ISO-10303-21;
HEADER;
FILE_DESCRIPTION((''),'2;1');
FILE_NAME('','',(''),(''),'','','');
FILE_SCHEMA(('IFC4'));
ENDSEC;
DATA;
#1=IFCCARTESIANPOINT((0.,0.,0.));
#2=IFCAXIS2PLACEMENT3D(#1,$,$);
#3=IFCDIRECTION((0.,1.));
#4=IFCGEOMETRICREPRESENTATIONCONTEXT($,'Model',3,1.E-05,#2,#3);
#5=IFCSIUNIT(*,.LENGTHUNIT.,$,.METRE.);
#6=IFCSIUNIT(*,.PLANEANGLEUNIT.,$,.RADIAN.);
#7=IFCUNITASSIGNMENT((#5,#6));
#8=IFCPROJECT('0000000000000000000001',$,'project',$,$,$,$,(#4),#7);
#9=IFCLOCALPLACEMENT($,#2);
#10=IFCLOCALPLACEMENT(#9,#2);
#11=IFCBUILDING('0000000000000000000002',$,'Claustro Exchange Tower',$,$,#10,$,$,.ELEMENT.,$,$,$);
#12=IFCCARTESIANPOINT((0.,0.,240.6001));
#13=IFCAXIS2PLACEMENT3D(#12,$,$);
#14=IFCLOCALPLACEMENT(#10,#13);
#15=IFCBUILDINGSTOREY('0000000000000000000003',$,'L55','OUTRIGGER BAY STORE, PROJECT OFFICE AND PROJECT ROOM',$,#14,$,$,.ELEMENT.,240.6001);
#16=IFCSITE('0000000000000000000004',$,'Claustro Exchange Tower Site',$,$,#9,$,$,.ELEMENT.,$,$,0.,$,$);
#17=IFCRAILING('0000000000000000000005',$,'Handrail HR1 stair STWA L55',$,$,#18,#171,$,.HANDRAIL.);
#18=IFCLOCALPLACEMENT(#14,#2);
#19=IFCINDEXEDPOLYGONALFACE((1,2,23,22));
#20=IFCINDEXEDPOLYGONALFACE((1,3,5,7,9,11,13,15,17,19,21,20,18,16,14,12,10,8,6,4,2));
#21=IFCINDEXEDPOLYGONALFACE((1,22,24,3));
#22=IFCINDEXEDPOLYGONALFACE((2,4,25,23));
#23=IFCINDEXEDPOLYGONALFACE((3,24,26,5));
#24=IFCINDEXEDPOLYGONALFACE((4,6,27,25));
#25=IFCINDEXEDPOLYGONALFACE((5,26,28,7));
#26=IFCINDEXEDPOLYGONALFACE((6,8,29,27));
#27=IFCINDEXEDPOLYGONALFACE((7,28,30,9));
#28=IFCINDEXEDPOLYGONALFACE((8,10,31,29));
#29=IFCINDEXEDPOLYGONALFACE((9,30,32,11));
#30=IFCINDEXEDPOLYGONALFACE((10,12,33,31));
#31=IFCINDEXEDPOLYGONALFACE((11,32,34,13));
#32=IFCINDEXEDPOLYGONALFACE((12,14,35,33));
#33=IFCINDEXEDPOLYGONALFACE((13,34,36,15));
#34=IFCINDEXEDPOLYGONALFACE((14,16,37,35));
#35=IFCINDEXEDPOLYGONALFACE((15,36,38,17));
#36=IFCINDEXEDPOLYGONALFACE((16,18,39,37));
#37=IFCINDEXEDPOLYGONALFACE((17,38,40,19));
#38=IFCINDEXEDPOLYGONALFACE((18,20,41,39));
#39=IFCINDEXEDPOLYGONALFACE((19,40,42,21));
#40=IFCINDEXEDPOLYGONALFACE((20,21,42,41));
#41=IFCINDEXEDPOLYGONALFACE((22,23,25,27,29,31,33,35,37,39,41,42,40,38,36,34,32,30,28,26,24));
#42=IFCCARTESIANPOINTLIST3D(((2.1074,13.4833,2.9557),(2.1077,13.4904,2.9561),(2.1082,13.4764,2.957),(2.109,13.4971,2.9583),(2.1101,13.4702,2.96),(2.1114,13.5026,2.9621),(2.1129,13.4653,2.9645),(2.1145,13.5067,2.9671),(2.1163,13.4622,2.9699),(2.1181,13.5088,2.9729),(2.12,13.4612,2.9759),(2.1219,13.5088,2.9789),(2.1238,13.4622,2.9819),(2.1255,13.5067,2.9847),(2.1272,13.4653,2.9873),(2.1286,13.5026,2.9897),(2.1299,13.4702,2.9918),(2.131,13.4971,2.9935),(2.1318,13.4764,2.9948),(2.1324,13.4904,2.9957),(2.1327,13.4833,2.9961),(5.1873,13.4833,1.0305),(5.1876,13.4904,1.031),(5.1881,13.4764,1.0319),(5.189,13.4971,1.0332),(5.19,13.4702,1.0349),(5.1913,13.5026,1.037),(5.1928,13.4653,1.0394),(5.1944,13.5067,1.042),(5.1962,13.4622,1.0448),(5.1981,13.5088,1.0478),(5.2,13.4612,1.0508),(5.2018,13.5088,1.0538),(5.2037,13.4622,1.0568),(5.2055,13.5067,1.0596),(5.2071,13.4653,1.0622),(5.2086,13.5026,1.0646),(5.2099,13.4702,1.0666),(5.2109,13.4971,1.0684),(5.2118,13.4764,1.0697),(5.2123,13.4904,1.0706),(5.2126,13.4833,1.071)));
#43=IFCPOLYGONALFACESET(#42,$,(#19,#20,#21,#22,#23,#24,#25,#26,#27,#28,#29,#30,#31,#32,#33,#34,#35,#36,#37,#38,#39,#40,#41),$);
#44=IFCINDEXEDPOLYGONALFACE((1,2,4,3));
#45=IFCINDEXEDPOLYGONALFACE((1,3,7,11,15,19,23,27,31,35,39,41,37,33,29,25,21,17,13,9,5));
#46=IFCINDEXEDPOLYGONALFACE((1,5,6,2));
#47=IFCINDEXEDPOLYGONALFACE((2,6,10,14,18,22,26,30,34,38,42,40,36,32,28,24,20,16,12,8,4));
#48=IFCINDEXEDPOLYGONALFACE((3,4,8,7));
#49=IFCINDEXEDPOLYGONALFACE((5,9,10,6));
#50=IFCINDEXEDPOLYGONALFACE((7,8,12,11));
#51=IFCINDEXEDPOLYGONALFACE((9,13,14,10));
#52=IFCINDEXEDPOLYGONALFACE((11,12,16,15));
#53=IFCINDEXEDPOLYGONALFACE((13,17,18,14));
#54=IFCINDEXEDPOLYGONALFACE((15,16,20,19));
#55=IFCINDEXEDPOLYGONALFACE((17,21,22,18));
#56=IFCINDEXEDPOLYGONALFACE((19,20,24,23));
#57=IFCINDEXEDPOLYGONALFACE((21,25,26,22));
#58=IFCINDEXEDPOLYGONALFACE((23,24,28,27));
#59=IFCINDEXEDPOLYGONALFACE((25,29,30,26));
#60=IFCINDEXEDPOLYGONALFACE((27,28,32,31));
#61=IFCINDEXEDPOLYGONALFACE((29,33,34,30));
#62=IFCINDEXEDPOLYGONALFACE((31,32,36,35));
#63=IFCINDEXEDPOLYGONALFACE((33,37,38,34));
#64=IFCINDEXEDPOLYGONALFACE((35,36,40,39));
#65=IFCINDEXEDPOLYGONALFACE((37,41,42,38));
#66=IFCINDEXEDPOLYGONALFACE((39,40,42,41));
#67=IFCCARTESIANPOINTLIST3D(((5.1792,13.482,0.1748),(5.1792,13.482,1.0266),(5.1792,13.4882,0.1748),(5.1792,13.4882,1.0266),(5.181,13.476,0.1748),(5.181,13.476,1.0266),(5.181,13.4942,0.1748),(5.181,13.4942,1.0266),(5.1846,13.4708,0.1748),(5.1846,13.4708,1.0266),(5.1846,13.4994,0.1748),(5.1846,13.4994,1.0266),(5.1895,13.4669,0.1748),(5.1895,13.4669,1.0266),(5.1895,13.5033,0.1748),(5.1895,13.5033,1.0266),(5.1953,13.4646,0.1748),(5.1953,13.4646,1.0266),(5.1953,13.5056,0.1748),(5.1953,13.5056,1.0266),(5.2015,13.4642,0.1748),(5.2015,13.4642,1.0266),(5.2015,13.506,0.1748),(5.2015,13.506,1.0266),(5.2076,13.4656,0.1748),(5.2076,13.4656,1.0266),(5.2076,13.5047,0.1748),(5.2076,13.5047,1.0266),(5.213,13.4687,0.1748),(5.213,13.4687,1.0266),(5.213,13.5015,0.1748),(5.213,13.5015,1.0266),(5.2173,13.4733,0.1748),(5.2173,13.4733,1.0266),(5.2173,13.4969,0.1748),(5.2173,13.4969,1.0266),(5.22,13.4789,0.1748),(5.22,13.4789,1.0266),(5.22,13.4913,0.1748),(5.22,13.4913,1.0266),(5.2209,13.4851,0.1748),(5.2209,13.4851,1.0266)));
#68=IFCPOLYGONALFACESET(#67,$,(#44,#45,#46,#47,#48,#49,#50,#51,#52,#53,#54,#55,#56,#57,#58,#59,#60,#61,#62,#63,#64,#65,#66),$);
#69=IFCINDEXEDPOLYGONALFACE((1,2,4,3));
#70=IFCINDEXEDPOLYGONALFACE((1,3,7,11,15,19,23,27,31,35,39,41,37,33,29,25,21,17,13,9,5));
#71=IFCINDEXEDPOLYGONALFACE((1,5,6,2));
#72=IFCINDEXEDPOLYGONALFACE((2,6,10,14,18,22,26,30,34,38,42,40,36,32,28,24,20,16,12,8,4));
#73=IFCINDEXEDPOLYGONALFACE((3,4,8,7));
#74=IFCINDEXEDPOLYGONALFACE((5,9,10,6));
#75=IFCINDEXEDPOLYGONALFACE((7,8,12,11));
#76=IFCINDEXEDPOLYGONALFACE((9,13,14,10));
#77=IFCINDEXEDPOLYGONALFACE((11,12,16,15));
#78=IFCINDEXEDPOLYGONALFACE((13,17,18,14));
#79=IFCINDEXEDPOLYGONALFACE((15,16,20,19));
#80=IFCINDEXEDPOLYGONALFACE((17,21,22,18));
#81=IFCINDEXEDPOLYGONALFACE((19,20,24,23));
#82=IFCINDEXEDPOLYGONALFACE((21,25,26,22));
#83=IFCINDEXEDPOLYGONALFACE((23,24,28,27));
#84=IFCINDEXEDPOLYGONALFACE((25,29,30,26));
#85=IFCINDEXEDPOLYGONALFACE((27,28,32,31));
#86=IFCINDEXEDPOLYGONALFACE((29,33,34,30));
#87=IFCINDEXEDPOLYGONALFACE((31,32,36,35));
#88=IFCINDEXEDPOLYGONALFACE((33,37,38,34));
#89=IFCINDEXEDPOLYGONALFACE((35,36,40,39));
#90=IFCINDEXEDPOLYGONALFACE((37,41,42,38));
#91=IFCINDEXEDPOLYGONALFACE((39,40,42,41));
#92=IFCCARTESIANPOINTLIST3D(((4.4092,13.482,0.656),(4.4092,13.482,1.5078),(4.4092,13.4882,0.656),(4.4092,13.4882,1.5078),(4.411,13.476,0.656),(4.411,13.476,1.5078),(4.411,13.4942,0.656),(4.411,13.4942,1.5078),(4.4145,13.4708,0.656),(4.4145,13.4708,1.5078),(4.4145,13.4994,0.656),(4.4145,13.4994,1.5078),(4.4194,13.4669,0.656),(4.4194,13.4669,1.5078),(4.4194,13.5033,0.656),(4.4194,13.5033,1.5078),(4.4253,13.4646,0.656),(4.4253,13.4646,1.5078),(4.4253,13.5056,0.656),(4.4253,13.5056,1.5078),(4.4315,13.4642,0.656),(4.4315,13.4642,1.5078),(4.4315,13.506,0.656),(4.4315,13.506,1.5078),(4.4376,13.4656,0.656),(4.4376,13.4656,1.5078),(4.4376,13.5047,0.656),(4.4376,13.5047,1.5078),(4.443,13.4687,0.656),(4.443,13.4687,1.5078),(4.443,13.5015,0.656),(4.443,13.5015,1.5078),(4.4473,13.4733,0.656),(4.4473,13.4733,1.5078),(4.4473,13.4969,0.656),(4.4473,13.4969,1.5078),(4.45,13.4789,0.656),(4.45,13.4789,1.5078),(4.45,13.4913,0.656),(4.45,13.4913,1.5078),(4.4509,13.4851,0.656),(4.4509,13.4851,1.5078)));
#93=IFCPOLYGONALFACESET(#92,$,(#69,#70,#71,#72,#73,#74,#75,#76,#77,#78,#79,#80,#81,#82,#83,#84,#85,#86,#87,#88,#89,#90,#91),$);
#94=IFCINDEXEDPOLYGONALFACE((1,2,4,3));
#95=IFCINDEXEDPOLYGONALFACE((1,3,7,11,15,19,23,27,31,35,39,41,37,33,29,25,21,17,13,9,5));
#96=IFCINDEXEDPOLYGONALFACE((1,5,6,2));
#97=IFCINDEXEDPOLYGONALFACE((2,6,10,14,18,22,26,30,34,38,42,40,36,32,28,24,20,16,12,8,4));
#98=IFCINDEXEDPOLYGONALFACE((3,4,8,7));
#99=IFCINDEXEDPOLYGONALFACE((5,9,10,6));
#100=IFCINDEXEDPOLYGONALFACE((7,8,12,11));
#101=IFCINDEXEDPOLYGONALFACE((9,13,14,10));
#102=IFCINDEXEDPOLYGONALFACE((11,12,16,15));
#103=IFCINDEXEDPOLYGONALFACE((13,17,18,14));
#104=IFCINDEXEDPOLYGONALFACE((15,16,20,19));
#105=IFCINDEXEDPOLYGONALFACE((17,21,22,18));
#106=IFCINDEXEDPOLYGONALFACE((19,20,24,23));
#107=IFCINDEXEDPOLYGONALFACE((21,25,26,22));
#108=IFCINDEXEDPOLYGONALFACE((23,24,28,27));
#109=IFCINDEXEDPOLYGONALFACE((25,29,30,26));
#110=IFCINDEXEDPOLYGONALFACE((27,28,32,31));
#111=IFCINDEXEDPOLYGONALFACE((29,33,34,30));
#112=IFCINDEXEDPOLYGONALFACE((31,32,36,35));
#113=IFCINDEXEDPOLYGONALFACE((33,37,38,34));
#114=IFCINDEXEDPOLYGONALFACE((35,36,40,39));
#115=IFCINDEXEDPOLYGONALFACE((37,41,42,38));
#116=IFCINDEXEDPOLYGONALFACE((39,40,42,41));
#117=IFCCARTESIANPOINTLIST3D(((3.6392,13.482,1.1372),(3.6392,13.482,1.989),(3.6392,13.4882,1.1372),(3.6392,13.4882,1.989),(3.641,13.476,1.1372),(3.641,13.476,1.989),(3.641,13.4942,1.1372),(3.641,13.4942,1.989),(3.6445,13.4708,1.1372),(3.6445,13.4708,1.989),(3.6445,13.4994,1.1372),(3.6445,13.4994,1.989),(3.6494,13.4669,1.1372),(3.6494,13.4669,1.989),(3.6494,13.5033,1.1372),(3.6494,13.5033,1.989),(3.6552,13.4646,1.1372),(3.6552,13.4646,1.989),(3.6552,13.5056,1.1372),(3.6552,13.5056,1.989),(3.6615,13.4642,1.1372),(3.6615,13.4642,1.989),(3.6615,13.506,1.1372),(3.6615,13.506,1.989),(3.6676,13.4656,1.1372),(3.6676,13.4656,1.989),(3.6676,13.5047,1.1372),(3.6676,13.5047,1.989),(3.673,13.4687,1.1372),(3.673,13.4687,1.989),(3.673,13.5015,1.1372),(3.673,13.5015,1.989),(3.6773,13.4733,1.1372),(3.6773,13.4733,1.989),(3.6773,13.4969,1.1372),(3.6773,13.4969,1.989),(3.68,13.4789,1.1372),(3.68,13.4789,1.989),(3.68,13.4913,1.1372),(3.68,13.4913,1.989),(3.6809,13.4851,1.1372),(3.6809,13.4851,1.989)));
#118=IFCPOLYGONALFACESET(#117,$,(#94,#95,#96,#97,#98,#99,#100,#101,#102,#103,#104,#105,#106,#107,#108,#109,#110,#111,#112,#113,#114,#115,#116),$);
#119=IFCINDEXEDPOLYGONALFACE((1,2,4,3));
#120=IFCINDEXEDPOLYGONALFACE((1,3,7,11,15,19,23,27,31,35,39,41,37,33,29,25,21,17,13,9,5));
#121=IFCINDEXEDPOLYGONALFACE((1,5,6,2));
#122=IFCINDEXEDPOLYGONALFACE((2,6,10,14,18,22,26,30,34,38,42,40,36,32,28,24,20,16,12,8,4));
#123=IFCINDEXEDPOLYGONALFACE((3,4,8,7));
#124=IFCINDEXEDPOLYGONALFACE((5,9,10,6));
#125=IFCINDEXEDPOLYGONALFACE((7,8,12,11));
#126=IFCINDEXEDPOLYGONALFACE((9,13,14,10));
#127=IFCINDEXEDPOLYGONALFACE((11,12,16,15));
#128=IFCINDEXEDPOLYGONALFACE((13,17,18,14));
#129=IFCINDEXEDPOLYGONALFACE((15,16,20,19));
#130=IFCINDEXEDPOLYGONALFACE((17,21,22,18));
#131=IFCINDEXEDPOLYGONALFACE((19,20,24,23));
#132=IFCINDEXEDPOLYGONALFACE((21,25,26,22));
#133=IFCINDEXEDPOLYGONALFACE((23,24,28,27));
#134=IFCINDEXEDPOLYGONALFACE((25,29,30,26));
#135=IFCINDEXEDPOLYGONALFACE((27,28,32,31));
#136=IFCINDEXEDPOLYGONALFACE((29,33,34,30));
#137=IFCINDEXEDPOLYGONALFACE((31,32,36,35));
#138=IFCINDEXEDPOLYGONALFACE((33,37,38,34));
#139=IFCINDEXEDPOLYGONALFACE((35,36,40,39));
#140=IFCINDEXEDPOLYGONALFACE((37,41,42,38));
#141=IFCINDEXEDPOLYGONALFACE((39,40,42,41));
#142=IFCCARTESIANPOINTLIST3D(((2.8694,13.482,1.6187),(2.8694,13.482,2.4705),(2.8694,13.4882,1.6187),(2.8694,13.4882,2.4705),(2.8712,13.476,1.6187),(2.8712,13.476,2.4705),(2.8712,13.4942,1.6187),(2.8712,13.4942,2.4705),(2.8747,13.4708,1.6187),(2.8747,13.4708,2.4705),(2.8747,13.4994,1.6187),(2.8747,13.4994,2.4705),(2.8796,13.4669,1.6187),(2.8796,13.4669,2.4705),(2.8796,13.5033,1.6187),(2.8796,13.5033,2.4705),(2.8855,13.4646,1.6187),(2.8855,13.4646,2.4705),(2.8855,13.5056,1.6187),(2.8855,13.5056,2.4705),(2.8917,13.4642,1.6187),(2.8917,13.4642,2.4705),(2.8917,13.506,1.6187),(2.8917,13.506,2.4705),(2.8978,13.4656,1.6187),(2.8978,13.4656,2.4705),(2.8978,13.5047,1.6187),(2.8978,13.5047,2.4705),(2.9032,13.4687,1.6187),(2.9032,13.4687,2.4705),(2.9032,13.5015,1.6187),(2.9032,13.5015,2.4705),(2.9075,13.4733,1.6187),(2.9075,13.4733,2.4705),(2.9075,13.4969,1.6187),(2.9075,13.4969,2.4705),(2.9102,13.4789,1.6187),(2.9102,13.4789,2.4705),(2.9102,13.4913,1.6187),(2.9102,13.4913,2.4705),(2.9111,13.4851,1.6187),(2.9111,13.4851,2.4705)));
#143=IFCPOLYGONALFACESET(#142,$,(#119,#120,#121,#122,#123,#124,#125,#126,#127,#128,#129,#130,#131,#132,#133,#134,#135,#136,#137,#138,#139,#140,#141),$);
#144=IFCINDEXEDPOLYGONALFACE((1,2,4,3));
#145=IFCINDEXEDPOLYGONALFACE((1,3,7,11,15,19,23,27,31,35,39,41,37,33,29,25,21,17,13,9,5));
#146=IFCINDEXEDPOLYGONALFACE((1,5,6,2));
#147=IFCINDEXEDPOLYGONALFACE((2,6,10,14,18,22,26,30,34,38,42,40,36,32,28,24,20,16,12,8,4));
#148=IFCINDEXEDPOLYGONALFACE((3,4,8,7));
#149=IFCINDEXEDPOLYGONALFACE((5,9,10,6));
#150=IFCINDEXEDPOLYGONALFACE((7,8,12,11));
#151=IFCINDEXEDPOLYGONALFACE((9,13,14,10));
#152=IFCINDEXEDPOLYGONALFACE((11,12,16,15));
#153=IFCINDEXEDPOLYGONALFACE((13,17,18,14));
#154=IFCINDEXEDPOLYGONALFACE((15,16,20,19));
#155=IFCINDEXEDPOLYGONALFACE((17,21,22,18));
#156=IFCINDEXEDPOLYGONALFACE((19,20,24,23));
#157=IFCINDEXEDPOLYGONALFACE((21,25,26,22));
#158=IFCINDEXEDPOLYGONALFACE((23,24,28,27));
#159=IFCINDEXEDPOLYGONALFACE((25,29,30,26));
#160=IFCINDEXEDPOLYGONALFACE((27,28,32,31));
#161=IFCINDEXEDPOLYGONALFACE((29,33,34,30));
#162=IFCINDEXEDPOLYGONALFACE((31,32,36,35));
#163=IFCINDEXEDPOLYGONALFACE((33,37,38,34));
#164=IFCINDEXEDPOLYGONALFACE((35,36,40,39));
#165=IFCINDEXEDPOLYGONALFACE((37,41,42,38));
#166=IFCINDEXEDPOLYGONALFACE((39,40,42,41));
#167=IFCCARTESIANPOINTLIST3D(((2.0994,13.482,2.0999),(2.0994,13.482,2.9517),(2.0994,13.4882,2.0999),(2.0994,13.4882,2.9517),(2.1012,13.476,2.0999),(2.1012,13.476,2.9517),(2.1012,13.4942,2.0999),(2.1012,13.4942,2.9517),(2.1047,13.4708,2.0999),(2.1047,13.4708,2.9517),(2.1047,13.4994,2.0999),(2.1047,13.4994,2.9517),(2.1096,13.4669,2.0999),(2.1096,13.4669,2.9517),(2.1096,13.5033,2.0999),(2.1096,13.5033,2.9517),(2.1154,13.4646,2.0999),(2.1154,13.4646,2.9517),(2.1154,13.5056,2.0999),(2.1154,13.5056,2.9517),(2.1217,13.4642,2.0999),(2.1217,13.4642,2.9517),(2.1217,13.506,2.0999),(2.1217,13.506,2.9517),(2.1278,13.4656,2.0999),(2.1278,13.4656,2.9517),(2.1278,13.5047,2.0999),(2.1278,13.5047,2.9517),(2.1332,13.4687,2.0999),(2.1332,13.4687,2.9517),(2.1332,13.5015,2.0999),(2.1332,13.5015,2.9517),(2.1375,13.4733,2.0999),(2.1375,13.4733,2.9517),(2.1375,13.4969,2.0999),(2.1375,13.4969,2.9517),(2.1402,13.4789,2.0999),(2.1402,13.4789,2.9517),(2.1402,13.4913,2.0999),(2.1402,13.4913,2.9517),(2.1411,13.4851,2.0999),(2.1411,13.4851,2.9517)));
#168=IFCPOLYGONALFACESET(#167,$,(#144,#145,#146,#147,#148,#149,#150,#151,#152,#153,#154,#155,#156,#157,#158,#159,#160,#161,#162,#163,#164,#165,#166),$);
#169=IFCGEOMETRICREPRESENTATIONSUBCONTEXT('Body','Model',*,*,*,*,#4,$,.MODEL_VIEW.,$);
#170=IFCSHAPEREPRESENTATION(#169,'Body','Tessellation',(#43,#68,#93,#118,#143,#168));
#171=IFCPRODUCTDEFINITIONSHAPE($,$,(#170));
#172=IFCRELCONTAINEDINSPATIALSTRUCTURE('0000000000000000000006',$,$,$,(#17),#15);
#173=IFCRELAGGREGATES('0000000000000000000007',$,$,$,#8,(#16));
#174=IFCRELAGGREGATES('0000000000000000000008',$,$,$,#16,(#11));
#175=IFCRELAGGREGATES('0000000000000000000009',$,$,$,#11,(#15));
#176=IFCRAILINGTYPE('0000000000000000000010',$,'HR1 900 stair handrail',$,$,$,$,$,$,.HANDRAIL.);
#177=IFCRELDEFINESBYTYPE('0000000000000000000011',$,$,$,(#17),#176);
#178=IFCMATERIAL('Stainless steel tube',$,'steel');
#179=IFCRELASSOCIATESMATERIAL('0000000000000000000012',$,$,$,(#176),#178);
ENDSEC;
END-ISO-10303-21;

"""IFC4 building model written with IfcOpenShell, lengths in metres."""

from ifc_helpers import new_model, si_unit, direction, frame, origin, origin_2d, place, context, subcontext, project, spatial, circle, extrude, material, type_object, element, save


model = new_model("IFC4")

# Units and contexts
model_context = context("Model", 3, precision=1e-05, world=origin(), true_north=direction((0.0, 1.0)))
body_context = subcontext(model_context, "Body", "Model", "MODEL_VIEW")
ifc_project = project(units=[si_unit("LENGTHUNIT", "METRE"), si_unit("PLANEANGLEUNIT", "RADIAN")], contexts=[model_context])

# Site, building, storey
site_placement = place(None, origin())
site = spatial("IfcSite", under=ifc_project, at=site_placement, Name="Claustro Exchange Tower Site", CompositionType="ELEMENT", RefElevation=0.0)
building_placement = place(site_placement, origin())
building = spatial("IfcBuilding", under=site, at=building_placement, Name="Claustro Exchange Tower", CompositionType="ELEMENT")
storey_placement = place(building_placement, frame((0.0, 0.0, 240.6001)))
storey = spatial("IfcBuildingStorey", under=building, at=storey_placement, Name="L55", Description="OUTRIGGER BAY STORE, PROJECT OFFICE AND PROJECT ROOM", CompositionType="ELEMENT", Elevation=240.6001)

# Railing
ifc_material_1 = material(Name="Stainless steel tube", Category="steel")
railing_type_1 = type_object("IfcRailingType", Name="HR1 900 stair handrail", PredefinedType="HANDRAIL", material=ifc_material_1)
railing_1_placement = place(storey_placement, frame((5.2, 13.4851, 0.1748)))
element("IfcRailing", 1, at=railing_1_placement, inside=storey, type_object=railing_type_1, Name="Handrail HR1 stair STWA L55", PredefinedType="HANDRAIL", context=body_context, shape_type="SweptSolid", body=[
    extrude(circle(Radius=0.0239, at=origin_2d()), frame((0.0, 0.0, 0.876), z_axis=(-0.847979, 0.0, 0.530029), x_axis=(0.0, -1.0, 0.0)), (0.0, 0.0, 1.0), 3.6321),
    extrude(circle(Radius=0.021, at=origin_2d()), origin(), (0.0, 0.0, 1.0), 0.8518),
    extrude(circle(Radius=0.021, at=origin_2d()), frame((-0.77, 0.0, 0.4812)), (0.0, 0.0, 1.0), 0.8518),
    extrude(circle(Radius=0.021, at=origin_2d()), frame((-1.54, 0.0, 0.9624)), (0.0, 0.0, 1.0), 0.8518),
    extrude(circle(Radius=0.021, at=origin_2d()), frame((-2.3098, 0.0, 1.4438)), (0.0, 0.0, 1.0), 0.8518),
    extrude(circle(Radius=0.021, at=origin_2d()), frame((-3.0798, 0.0, 1.925)), (0.0, 0.0, 1.0), 0.8518),
])

save(model, "model.ifc")
